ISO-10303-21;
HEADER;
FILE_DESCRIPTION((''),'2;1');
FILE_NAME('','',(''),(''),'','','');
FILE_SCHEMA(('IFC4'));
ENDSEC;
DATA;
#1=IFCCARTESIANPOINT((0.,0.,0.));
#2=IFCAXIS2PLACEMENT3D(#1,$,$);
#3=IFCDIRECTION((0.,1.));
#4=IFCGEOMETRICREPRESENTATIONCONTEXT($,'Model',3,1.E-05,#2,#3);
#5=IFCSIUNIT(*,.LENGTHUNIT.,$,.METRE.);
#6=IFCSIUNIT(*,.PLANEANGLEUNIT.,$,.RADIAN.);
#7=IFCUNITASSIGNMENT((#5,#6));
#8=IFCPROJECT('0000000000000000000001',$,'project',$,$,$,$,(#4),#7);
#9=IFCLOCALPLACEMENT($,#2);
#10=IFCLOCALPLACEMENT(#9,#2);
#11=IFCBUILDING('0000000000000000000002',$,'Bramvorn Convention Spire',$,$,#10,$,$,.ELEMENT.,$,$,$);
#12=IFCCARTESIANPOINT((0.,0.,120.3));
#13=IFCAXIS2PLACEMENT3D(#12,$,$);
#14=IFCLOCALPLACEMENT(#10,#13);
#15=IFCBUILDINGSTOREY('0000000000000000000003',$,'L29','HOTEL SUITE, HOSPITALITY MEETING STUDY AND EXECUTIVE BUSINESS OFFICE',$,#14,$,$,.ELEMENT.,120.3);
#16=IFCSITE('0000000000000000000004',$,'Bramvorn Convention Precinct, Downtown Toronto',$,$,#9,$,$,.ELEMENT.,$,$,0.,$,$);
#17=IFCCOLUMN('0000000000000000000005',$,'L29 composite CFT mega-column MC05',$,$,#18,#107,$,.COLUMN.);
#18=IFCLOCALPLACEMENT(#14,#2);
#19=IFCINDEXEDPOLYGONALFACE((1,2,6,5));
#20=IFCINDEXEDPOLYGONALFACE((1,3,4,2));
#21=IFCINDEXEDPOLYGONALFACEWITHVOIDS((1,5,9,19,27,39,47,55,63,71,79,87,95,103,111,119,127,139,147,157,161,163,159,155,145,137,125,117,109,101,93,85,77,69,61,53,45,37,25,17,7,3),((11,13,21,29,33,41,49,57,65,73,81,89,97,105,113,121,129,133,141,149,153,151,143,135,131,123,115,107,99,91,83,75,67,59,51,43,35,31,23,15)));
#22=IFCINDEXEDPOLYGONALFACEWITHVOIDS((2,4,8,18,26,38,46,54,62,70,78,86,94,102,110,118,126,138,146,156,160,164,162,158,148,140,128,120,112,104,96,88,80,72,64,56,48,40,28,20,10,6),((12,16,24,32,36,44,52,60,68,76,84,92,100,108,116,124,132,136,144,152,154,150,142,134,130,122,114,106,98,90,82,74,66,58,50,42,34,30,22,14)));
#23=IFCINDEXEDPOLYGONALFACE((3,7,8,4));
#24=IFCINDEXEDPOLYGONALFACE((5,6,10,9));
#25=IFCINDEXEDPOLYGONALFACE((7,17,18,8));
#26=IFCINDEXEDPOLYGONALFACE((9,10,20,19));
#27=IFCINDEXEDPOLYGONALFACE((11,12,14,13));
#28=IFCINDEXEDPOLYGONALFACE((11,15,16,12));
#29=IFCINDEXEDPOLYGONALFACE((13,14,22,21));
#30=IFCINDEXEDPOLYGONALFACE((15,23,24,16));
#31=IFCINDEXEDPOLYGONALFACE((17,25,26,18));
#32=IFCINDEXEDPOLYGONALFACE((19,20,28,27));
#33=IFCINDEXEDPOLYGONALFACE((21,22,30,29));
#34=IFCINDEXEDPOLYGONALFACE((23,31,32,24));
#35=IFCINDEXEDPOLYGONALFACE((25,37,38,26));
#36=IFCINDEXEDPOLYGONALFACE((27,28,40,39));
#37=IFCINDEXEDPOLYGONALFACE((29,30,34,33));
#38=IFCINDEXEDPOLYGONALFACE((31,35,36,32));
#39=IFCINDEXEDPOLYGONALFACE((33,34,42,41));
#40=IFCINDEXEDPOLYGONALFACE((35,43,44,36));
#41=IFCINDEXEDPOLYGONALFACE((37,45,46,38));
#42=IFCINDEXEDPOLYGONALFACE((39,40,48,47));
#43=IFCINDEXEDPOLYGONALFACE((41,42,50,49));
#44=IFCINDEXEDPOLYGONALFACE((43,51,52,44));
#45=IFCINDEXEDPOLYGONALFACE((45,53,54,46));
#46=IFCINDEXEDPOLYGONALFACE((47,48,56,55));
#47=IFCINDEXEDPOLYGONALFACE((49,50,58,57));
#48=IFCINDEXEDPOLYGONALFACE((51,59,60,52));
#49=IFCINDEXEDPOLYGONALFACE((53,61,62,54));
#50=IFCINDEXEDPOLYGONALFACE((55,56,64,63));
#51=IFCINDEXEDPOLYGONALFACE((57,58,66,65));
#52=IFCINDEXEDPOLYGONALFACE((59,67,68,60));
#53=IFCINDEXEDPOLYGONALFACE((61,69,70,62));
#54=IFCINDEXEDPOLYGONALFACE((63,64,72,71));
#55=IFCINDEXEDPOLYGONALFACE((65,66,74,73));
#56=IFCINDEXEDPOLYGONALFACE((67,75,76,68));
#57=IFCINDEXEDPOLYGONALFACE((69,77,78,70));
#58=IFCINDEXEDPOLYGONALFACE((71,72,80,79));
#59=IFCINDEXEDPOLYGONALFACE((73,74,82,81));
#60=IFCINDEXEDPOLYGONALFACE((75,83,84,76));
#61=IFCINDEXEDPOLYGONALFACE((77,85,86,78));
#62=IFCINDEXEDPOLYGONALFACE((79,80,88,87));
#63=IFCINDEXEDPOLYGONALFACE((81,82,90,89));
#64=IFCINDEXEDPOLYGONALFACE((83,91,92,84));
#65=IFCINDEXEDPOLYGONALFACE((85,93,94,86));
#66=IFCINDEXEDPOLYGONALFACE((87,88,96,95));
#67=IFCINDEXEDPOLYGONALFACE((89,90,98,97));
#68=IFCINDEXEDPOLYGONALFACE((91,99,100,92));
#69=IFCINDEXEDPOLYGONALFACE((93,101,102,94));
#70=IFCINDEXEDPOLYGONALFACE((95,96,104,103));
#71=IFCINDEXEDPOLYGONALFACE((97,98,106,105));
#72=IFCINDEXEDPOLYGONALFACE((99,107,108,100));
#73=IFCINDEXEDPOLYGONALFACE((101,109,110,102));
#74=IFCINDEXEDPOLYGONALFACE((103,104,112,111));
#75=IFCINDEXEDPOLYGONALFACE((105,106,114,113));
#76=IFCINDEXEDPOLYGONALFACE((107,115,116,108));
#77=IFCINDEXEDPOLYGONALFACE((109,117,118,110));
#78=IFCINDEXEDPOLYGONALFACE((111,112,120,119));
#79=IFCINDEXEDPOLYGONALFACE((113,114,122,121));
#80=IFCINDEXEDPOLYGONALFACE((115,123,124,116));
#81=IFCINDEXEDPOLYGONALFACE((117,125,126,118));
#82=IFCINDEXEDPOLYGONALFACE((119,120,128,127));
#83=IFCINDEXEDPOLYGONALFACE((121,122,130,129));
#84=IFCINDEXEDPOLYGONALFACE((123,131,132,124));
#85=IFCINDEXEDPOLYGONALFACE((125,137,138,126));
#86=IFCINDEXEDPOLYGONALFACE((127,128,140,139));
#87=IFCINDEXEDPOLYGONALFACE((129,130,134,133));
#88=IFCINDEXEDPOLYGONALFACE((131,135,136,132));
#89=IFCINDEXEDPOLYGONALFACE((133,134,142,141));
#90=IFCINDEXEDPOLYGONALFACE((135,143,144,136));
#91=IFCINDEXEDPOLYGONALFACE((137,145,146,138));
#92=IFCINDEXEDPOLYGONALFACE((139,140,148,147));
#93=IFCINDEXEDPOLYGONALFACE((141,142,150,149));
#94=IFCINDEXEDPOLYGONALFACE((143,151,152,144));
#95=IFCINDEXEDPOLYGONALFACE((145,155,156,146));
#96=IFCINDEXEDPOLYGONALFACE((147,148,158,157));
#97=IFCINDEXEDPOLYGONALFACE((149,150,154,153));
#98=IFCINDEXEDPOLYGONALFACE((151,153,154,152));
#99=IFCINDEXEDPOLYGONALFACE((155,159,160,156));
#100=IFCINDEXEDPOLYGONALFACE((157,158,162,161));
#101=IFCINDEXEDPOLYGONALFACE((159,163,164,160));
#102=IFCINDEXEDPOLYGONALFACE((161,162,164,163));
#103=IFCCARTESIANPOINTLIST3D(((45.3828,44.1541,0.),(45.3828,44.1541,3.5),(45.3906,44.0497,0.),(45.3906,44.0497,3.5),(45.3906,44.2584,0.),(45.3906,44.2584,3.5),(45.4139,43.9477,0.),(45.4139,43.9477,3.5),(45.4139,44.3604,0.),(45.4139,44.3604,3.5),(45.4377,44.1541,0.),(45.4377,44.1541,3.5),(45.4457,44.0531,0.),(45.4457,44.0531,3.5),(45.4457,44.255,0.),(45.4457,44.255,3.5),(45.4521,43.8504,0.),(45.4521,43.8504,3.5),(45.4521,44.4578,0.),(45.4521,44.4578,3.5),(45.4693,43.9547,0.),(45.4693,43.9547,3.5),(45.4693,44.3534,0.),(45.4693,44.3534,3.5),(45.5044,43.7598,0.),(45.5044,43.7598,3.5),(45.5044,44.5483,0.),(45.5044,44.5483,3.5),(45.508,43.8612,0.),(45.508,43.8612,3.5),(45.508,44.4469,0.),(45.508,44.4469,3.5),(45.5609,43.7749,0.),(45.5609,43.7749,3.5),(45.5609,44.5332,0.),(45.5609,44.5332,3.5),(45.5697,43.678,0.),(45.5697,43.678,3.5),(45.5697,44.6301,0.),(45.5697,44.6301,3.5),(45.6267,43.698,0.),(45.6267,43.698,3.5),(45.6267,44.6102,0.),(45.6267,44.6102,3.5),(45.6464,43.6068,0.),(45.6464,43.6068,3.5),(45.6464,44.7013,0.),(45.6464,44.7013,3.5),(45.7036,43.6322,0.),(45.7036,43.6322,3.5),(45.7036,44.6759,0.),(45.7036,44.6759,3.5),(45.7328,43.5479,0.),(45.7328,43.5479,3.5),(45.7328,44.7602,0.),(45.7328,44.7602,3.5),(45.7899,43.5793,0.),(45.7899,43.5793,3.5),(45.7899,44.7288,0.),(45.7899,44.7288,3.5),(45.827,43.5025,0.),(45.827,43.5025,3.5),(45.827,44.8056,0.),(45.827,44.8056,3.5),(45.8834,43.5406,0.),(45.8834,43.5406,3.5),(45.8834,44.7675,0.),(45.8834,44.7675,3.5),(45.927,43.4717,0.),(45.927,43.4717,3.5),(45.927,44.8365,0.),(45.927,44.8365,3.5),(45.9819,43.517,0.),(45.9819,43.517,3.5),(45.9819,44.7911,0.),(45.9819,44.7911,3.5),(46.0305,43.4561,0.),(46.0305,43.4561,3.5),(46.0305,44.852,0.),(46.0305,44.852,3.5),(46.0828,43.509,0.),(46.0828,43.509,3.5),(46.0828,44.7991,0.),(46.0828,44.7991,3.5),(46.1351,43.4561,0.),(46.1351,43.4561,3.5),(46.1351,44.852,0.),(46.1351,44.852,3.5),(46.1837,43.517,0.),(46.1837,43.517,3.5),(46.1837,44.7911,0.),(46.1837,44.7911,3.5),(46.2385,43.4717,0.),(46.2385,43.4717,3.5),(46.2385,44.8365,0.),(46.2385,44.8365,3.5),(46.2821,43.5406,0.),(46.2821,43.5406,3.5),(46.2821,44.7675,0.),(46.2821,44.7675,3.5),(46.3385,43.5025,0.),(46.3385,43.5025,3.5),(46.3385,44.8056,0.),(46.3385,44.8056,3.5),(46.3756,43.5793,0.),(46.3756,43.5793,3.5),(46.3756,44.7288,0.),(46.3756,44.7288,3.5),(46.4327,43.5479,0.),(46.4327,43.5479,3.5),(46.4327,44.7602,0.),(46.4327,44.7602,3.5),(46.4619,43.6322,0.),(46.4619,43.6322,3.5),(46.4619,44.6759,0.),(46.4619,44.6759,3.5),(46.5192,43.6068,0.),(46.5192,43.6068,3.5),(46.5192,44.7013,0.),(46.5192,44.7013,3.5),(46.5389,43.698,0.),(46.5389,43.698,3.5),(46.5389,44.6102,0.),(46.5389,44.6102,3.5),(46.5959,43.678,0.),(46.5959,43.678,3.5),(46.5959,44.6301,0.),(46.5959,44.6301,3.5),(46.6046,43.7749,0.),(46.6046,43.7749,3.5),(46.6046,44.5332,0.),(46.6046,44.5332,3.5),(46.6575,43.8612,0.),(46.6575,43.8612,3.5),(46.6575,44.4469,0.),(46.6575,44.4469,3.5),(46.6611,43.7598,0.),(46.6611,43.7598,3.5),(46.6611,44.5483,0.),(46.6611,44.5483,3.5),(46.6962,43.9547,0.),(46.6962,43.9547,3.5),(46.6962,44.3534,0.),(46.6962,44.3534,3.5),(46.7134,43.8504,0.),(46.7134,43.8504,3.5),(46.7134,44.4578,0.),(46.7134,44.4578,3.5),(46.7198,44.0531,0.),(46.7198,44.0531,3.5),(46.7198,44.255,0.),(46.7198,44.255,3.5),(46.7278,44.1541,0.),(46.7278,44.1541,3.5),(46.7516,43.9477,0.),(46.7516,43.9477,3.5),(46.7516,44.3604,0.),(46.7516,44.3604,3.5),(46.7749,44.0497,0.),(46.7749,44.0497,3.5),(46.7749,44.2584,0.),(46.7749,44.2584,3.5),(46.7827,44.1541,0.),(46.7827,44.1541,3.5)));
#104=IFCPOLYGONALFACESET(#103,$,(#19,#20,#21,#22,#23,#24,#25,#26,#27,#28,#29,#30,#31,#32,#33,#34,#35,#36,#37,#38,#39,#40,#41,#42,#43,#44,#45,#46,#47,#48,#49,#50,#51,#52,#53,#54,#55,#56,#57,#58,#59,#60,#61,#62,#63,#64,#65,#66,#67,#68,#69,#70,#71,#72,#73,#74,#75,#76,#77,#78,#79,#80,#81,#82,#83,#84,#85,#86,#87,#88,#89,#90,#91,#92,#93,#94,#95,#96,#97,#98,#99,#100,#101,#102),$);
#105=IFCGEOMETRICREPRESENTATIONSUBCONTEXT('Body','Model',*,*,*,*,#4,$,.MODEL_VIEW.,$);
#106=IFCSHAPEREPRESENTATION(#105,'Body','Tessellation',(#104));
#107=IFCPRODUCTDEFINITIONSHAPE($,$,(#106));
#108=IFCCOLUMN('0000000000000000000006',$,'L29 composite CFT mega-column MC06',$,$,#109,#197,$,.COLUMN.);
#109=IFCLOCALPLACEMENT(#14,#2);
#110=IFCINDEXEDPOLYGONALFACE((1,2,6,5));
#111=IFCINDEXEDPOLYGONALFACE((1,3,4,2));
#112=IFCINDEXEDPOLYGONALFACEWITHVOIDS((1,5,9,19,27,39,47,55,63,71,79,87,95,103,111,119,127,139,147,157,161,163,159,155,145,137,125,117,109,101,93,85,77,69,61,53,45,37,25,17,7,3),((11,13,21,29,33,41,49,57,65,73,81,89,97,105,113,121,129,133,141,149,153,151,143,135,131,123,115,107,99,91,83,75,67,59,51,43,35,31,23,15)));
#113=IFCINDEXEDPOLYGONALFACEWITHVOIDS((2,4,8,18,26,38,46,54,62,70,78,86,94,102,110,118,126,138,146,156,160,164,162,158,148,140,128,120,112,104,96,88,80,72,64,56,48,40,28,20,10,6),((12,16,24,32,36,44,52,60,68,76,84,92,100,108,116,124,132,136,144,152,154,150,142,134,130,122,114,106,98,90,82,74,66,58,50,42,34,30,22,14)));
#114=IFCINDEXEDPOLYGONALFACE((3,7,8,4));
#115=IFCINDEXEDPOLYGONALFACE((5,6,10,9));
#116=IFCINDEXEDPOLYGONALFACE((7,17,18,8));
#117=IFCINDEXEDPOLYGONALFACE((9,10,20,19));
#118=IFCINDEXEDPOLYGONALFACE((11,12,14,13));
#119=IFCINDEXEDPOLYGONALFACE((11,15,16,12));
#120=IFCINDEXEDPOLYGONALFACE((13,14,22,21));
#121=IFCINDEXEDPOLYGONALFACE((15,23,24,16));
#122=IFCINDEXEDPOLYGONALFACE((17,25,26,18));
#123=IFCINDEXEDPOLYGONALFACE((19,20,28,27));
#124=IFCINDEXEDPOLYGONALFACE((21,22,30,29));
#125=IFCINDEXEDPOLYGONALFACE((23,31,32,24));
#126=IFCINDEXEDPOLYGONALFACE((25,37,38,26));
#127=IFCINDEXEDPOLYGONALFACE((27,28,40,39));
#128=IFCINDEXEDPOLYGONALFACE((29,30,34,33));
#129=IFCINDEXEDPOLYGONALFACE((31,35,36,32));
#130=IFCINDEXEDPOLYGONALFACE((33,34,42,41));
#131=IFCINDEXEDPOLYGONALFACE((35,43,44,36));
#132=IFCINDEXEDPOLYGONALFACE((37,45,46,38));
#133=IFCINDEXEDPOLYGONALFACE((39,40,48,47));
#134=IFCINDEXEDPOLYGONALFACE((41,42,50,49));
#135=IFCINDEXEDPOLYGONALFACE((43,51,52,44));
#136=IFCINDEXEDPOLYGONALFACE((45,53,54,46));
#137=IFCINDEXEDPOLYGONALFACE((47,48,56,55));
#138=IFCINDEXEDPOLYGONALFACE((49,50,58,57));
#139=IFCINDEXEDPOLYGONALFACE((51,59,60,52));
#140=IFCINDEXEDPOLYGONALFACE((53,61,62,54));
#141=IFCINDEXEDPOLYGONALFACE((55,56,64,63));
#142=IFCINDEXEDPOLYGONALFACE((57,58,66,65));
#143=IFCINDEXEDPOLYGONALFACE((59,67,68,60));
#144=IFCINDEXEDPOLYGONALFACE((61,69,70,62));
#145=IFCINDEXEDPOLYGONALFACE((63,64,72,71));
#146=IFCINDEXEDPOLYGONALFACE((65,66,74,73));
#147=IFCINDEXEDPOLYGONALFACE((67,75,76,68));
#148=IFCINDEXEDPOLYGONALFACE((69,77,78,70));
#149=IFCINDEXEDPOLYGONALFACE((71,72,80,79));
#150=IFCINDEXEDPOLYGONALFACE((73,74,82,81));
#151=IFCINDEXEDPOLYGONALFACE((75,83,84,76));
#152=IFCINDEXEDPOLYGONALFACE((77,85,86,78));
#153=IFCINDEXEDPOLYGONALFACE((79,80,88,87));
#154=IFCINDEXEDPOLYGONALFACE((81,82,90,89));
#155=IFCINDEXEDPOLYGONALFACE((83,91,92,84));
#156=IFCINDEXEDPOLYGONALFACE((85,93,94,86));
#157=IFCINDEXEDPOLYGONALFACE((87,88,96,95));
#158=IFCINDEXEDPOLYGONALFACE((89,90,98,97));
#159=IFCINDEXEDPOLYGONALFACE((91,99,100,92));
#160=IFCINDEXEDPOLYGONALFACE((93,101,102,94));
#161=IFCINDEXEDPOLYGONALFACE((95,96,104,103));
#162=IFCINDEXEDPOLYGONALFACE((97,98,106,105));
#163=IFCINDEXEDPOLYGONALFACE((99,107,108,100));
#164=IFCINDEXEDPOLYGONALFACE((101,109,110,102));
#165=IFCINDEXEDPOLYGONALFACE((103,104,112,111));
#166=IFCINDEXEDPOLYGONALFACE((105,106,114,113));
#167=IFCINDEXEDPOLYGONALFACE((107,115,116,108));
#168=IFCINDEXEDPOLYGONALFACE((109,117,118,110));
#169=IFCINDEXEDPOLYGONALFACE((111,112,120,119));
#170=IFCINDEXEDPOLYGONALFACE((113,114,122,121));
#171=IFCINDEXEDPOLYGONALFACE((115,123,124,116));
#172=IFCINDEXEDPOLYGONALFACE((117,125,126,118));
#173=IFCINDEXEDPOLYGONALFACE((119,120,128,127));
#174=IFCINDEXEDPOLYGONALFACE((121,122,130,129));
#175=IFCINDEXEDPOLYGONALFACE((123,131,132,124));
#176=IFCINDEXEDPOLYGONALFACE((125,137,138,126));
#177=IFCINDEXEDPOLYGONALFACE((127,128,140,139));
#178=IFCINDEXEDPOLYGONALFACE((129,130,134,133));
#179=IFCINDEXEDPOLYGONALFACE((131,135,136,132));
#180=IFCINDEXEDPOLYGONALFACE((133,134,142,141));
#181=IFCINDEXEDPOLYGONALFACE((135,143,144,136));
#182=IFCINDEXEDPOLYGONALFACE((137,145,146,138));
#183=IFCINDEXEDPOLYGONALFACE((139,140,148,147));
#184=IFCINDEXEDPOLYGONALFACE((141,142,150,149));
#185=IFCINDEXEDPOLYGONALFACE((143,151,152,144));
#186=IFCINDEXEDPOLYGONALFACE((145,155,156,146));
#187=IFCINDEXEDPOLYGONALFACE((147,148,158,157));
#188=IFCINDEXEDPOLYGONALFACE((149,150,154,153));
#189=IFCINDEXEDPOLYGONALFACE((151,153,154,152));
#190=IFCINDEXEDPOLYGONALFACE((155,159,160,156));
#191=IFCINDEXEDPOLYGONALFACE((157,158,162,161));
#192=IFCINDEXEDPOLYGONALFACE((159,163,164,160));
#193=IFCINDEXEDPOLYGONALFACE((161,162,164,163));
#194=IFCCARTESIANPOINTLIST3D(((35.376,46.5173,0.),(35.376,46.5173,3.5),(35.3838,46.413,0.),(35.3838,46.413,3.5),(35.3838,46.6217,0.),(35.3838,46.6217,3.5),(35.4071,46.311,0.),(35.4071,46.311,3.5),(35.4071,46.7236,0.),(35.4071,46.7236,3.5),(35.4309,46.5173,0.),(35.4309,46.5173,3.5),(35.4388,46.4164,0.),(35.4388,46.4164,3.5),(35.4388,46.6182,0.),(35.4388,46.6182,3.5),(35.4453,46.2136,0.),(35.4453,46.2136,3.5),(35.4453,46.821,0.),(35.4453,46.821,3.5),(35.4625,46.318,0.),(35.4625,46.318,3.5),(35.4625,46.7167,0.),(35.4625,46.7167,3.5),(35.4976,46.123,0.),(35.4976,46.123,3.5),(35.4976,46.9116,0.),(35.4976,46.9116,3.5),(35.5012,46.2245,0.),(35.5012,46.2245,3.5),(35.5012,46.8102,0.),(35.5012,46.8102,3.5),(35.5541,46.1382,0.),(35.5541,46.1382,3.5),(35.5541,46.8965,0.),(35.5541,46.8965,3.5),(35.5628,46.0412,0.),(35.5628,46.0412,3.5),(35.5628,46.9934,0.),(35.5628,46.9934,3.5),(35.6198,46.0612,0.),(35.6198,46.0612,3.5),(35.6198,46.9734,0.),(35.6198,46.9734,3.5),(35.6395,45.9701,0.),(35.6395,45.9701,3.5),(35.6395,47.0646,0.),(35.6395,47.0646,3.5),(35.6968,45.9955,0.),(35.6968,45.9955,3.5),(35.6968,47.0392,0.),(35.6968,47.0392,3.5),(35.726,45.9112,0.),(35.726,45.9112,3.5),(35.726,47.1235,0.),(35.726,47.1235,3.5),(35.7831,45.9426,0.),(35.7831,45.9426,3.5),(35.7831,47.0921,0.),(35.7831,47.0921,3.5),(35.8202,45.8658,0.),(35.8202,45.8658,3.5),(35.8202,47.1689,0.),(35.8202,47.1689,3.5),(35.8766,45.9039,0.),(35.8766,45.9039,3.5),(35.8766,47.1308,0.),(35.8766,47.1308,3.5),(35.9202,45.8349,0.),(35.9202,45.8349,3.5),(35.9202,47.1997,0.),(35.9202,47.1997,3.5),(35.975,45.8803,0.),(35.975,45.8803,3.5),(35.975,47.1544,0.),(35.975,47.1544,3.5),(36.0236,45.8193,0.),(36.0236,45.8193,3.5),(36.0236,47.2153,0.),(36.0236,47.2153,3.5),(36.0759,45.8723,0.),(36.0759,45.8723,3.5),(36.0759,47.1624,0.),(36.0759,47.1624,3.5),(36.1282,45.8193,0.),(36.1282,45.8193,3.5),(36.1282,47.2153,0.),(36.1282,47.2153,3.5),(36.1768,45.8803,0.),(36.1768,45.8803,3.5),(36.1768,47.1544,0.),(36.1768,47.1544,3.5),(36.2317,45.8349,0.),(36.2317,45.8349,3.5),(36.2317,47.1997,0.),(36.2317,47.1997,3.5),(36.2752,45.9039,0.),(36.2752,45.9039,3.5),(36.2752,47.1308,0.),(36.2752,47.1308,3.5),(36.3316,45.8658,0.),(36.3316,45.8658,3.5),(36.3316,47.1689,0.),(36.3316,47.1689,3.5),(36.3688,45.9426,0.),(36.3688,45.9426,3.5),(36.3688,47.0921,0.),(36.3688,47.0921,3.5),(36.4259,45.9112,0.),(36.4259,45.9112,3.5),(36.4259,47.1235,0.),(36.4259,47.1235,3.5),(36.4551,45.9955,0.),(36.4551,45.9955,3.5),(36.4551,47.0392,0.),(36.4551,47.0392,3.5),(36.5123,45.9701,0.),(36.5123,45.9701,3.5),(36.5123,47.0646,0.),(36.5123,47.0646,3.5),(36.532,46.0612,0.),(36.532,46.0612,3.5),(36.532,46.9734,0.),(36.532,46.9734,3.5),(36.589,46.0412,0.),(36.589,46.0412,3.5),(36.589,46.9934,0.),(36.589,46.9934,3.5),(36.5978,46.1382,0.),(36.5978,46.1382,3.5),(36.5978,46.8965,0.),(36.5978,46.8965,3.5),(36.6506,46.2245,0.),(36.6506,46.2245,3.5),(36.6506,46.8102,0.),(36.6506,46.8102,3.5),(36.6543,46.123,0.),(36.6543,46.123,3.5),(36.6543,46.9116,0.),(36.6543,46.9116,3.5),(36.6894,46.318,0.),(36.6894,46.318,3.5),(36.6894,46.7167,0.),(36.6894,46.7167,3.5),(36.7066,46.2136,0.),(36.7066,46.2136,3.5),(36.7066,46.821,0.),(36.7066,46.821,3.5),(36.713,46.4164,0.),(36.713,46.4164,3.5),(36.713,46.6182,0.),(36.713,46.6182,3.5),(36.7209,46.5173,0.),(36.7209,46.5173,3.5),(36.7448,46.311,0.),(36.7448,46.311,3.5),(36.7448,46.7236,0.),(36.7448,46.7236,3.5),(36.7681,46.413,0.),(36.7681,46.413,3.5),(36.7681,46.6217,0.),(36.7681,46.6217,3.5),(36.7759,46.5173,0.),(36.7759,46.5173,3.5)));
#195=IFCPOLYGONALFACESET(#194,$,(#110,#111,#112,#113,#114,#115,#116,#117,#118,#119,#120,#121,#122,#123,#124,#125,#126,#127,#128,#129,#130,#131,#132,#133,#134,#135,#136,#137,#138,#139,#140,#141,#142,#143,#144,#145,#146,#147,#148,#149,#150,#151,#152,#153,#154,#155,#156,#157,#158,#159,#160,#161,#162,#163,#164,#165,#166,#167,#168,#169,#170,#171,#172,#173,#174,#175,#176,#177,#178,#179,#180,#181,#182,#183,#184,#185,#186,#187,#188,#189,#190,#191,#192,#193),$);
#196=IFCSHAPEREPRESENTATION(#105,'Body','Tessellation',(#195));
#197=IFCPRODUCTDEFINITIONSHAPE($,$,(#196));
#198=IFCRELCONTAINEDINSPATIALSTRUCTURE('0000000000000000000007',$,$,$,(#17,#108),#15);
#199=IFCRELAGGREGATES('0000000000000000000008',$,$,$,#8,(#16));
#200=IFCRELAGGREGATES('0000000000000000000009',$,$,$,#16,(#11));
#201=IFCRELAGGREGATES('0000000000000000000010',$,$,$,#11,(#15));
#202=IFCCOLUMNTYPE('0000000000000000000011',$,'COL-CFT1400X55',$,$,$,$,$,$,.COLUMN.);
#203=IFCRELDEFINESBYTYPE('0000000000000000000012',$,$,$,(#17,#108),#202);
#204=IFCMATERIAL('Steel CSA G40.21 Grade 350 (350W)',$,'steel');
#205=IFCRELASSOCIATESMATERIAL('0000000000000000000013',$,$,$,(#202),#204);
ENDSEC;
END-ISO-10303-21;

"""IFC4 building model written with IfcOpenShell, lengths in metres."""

from ifc_helpers import new_model, si_unit, direction, frame, origin, origin_2d, place, context, subcontext, project, spatial, hollow_circle, extrude, material, material_profile, profile_set, type_object, element, save


model = new_model("IFC4")

# Units and contexts
model_context = context("Model", 3, precision=1e-05, world=origin(), true_north=direction((0.0, 1.0)))
body_context = subcontext(model_context, "Body", "Model", "MODEL_VIEW")
ifc_project = project(units=[si_unit("LENGTHUNIT", "METRE"), si_unit("PLANEANGLEUNIT", "RADIAN")], contexts=[model_context])

# Site, building, storey
site_placement = place(None, origin())
site = spatial("IfcSite", under=ifc_project, at=site_placement, Name="Bramvorn Convention Precinct, Downtown Toronto", CompositionType="ELEMENT", RefElevation=0.0)
building_placement = place(site_placement, origin())
building = spatial("IfcBuilding", under=site, at=building_placement, Name="Bramvorn Convention Spire", CompositionType="ELEMENT")
storey_placement = place(building_placement, frame((0.0, 0.0, 120.3)))
storey = spatial("IfcBuildingStorey", under=building, at=storey_placement, Name="L29", Description="HOTEL SUITE, HOSPITALITY MEETING STUDY AND EXECUTIVE BUSINESS OFFICE", CompositionType="ELEMENT", Elevation=120.3)

# Columns
ifc_material_1 = material(Name="Steel CSA G40.21 Grade 350 (350W)", Category="steel")
ifc_material_profile_1 = material_profile(ifc_material_1, hollow_circle(Radius=0.7, WallThickness=0.0549, at=origin_2d()))
ifc_profile_set_1 = profile_set([ifc_material_profile_1], Name="Steel CSA G40.21 Grade 350 (350W) - CFT1400X55")
column_type = type_object("IfcColumnType", Name="COL-CFT1400X55", PredefinedType="COLUMN", material=ifc_profile_set_1)
for number, where, z_axis, x_axis, name in (
    (1, (46.0828, 44.1541, 0.0), (0.0, 0.0, 1.0), (1.0, 0.0, 0.0), "L29 composite CFT mega-column MC05"),
    (2, (36.0759, 46.5173, 0.0), (0.0, 0.0, 1.0), (1.0, 0.0, 0.0), "L29 composite CFT mega-column MC06"),
):
    element("IfcColumn", number, at=place(storey_placement, frame(where, z_axis=z_axis, x_axis=x_axis)), inside=storey, type_object=column_type, Name=name, PredefinedType="COLUMN", context=body_context, shape_type="SweptSolid", body=[
        extrude(hollow_circle(Radius=0.7, WallThickness=0.0549, at=origin_2d()), origin(), (0.0, 0.0, 1.0), 3.5),
    ])

save(model, "model.ifc")
